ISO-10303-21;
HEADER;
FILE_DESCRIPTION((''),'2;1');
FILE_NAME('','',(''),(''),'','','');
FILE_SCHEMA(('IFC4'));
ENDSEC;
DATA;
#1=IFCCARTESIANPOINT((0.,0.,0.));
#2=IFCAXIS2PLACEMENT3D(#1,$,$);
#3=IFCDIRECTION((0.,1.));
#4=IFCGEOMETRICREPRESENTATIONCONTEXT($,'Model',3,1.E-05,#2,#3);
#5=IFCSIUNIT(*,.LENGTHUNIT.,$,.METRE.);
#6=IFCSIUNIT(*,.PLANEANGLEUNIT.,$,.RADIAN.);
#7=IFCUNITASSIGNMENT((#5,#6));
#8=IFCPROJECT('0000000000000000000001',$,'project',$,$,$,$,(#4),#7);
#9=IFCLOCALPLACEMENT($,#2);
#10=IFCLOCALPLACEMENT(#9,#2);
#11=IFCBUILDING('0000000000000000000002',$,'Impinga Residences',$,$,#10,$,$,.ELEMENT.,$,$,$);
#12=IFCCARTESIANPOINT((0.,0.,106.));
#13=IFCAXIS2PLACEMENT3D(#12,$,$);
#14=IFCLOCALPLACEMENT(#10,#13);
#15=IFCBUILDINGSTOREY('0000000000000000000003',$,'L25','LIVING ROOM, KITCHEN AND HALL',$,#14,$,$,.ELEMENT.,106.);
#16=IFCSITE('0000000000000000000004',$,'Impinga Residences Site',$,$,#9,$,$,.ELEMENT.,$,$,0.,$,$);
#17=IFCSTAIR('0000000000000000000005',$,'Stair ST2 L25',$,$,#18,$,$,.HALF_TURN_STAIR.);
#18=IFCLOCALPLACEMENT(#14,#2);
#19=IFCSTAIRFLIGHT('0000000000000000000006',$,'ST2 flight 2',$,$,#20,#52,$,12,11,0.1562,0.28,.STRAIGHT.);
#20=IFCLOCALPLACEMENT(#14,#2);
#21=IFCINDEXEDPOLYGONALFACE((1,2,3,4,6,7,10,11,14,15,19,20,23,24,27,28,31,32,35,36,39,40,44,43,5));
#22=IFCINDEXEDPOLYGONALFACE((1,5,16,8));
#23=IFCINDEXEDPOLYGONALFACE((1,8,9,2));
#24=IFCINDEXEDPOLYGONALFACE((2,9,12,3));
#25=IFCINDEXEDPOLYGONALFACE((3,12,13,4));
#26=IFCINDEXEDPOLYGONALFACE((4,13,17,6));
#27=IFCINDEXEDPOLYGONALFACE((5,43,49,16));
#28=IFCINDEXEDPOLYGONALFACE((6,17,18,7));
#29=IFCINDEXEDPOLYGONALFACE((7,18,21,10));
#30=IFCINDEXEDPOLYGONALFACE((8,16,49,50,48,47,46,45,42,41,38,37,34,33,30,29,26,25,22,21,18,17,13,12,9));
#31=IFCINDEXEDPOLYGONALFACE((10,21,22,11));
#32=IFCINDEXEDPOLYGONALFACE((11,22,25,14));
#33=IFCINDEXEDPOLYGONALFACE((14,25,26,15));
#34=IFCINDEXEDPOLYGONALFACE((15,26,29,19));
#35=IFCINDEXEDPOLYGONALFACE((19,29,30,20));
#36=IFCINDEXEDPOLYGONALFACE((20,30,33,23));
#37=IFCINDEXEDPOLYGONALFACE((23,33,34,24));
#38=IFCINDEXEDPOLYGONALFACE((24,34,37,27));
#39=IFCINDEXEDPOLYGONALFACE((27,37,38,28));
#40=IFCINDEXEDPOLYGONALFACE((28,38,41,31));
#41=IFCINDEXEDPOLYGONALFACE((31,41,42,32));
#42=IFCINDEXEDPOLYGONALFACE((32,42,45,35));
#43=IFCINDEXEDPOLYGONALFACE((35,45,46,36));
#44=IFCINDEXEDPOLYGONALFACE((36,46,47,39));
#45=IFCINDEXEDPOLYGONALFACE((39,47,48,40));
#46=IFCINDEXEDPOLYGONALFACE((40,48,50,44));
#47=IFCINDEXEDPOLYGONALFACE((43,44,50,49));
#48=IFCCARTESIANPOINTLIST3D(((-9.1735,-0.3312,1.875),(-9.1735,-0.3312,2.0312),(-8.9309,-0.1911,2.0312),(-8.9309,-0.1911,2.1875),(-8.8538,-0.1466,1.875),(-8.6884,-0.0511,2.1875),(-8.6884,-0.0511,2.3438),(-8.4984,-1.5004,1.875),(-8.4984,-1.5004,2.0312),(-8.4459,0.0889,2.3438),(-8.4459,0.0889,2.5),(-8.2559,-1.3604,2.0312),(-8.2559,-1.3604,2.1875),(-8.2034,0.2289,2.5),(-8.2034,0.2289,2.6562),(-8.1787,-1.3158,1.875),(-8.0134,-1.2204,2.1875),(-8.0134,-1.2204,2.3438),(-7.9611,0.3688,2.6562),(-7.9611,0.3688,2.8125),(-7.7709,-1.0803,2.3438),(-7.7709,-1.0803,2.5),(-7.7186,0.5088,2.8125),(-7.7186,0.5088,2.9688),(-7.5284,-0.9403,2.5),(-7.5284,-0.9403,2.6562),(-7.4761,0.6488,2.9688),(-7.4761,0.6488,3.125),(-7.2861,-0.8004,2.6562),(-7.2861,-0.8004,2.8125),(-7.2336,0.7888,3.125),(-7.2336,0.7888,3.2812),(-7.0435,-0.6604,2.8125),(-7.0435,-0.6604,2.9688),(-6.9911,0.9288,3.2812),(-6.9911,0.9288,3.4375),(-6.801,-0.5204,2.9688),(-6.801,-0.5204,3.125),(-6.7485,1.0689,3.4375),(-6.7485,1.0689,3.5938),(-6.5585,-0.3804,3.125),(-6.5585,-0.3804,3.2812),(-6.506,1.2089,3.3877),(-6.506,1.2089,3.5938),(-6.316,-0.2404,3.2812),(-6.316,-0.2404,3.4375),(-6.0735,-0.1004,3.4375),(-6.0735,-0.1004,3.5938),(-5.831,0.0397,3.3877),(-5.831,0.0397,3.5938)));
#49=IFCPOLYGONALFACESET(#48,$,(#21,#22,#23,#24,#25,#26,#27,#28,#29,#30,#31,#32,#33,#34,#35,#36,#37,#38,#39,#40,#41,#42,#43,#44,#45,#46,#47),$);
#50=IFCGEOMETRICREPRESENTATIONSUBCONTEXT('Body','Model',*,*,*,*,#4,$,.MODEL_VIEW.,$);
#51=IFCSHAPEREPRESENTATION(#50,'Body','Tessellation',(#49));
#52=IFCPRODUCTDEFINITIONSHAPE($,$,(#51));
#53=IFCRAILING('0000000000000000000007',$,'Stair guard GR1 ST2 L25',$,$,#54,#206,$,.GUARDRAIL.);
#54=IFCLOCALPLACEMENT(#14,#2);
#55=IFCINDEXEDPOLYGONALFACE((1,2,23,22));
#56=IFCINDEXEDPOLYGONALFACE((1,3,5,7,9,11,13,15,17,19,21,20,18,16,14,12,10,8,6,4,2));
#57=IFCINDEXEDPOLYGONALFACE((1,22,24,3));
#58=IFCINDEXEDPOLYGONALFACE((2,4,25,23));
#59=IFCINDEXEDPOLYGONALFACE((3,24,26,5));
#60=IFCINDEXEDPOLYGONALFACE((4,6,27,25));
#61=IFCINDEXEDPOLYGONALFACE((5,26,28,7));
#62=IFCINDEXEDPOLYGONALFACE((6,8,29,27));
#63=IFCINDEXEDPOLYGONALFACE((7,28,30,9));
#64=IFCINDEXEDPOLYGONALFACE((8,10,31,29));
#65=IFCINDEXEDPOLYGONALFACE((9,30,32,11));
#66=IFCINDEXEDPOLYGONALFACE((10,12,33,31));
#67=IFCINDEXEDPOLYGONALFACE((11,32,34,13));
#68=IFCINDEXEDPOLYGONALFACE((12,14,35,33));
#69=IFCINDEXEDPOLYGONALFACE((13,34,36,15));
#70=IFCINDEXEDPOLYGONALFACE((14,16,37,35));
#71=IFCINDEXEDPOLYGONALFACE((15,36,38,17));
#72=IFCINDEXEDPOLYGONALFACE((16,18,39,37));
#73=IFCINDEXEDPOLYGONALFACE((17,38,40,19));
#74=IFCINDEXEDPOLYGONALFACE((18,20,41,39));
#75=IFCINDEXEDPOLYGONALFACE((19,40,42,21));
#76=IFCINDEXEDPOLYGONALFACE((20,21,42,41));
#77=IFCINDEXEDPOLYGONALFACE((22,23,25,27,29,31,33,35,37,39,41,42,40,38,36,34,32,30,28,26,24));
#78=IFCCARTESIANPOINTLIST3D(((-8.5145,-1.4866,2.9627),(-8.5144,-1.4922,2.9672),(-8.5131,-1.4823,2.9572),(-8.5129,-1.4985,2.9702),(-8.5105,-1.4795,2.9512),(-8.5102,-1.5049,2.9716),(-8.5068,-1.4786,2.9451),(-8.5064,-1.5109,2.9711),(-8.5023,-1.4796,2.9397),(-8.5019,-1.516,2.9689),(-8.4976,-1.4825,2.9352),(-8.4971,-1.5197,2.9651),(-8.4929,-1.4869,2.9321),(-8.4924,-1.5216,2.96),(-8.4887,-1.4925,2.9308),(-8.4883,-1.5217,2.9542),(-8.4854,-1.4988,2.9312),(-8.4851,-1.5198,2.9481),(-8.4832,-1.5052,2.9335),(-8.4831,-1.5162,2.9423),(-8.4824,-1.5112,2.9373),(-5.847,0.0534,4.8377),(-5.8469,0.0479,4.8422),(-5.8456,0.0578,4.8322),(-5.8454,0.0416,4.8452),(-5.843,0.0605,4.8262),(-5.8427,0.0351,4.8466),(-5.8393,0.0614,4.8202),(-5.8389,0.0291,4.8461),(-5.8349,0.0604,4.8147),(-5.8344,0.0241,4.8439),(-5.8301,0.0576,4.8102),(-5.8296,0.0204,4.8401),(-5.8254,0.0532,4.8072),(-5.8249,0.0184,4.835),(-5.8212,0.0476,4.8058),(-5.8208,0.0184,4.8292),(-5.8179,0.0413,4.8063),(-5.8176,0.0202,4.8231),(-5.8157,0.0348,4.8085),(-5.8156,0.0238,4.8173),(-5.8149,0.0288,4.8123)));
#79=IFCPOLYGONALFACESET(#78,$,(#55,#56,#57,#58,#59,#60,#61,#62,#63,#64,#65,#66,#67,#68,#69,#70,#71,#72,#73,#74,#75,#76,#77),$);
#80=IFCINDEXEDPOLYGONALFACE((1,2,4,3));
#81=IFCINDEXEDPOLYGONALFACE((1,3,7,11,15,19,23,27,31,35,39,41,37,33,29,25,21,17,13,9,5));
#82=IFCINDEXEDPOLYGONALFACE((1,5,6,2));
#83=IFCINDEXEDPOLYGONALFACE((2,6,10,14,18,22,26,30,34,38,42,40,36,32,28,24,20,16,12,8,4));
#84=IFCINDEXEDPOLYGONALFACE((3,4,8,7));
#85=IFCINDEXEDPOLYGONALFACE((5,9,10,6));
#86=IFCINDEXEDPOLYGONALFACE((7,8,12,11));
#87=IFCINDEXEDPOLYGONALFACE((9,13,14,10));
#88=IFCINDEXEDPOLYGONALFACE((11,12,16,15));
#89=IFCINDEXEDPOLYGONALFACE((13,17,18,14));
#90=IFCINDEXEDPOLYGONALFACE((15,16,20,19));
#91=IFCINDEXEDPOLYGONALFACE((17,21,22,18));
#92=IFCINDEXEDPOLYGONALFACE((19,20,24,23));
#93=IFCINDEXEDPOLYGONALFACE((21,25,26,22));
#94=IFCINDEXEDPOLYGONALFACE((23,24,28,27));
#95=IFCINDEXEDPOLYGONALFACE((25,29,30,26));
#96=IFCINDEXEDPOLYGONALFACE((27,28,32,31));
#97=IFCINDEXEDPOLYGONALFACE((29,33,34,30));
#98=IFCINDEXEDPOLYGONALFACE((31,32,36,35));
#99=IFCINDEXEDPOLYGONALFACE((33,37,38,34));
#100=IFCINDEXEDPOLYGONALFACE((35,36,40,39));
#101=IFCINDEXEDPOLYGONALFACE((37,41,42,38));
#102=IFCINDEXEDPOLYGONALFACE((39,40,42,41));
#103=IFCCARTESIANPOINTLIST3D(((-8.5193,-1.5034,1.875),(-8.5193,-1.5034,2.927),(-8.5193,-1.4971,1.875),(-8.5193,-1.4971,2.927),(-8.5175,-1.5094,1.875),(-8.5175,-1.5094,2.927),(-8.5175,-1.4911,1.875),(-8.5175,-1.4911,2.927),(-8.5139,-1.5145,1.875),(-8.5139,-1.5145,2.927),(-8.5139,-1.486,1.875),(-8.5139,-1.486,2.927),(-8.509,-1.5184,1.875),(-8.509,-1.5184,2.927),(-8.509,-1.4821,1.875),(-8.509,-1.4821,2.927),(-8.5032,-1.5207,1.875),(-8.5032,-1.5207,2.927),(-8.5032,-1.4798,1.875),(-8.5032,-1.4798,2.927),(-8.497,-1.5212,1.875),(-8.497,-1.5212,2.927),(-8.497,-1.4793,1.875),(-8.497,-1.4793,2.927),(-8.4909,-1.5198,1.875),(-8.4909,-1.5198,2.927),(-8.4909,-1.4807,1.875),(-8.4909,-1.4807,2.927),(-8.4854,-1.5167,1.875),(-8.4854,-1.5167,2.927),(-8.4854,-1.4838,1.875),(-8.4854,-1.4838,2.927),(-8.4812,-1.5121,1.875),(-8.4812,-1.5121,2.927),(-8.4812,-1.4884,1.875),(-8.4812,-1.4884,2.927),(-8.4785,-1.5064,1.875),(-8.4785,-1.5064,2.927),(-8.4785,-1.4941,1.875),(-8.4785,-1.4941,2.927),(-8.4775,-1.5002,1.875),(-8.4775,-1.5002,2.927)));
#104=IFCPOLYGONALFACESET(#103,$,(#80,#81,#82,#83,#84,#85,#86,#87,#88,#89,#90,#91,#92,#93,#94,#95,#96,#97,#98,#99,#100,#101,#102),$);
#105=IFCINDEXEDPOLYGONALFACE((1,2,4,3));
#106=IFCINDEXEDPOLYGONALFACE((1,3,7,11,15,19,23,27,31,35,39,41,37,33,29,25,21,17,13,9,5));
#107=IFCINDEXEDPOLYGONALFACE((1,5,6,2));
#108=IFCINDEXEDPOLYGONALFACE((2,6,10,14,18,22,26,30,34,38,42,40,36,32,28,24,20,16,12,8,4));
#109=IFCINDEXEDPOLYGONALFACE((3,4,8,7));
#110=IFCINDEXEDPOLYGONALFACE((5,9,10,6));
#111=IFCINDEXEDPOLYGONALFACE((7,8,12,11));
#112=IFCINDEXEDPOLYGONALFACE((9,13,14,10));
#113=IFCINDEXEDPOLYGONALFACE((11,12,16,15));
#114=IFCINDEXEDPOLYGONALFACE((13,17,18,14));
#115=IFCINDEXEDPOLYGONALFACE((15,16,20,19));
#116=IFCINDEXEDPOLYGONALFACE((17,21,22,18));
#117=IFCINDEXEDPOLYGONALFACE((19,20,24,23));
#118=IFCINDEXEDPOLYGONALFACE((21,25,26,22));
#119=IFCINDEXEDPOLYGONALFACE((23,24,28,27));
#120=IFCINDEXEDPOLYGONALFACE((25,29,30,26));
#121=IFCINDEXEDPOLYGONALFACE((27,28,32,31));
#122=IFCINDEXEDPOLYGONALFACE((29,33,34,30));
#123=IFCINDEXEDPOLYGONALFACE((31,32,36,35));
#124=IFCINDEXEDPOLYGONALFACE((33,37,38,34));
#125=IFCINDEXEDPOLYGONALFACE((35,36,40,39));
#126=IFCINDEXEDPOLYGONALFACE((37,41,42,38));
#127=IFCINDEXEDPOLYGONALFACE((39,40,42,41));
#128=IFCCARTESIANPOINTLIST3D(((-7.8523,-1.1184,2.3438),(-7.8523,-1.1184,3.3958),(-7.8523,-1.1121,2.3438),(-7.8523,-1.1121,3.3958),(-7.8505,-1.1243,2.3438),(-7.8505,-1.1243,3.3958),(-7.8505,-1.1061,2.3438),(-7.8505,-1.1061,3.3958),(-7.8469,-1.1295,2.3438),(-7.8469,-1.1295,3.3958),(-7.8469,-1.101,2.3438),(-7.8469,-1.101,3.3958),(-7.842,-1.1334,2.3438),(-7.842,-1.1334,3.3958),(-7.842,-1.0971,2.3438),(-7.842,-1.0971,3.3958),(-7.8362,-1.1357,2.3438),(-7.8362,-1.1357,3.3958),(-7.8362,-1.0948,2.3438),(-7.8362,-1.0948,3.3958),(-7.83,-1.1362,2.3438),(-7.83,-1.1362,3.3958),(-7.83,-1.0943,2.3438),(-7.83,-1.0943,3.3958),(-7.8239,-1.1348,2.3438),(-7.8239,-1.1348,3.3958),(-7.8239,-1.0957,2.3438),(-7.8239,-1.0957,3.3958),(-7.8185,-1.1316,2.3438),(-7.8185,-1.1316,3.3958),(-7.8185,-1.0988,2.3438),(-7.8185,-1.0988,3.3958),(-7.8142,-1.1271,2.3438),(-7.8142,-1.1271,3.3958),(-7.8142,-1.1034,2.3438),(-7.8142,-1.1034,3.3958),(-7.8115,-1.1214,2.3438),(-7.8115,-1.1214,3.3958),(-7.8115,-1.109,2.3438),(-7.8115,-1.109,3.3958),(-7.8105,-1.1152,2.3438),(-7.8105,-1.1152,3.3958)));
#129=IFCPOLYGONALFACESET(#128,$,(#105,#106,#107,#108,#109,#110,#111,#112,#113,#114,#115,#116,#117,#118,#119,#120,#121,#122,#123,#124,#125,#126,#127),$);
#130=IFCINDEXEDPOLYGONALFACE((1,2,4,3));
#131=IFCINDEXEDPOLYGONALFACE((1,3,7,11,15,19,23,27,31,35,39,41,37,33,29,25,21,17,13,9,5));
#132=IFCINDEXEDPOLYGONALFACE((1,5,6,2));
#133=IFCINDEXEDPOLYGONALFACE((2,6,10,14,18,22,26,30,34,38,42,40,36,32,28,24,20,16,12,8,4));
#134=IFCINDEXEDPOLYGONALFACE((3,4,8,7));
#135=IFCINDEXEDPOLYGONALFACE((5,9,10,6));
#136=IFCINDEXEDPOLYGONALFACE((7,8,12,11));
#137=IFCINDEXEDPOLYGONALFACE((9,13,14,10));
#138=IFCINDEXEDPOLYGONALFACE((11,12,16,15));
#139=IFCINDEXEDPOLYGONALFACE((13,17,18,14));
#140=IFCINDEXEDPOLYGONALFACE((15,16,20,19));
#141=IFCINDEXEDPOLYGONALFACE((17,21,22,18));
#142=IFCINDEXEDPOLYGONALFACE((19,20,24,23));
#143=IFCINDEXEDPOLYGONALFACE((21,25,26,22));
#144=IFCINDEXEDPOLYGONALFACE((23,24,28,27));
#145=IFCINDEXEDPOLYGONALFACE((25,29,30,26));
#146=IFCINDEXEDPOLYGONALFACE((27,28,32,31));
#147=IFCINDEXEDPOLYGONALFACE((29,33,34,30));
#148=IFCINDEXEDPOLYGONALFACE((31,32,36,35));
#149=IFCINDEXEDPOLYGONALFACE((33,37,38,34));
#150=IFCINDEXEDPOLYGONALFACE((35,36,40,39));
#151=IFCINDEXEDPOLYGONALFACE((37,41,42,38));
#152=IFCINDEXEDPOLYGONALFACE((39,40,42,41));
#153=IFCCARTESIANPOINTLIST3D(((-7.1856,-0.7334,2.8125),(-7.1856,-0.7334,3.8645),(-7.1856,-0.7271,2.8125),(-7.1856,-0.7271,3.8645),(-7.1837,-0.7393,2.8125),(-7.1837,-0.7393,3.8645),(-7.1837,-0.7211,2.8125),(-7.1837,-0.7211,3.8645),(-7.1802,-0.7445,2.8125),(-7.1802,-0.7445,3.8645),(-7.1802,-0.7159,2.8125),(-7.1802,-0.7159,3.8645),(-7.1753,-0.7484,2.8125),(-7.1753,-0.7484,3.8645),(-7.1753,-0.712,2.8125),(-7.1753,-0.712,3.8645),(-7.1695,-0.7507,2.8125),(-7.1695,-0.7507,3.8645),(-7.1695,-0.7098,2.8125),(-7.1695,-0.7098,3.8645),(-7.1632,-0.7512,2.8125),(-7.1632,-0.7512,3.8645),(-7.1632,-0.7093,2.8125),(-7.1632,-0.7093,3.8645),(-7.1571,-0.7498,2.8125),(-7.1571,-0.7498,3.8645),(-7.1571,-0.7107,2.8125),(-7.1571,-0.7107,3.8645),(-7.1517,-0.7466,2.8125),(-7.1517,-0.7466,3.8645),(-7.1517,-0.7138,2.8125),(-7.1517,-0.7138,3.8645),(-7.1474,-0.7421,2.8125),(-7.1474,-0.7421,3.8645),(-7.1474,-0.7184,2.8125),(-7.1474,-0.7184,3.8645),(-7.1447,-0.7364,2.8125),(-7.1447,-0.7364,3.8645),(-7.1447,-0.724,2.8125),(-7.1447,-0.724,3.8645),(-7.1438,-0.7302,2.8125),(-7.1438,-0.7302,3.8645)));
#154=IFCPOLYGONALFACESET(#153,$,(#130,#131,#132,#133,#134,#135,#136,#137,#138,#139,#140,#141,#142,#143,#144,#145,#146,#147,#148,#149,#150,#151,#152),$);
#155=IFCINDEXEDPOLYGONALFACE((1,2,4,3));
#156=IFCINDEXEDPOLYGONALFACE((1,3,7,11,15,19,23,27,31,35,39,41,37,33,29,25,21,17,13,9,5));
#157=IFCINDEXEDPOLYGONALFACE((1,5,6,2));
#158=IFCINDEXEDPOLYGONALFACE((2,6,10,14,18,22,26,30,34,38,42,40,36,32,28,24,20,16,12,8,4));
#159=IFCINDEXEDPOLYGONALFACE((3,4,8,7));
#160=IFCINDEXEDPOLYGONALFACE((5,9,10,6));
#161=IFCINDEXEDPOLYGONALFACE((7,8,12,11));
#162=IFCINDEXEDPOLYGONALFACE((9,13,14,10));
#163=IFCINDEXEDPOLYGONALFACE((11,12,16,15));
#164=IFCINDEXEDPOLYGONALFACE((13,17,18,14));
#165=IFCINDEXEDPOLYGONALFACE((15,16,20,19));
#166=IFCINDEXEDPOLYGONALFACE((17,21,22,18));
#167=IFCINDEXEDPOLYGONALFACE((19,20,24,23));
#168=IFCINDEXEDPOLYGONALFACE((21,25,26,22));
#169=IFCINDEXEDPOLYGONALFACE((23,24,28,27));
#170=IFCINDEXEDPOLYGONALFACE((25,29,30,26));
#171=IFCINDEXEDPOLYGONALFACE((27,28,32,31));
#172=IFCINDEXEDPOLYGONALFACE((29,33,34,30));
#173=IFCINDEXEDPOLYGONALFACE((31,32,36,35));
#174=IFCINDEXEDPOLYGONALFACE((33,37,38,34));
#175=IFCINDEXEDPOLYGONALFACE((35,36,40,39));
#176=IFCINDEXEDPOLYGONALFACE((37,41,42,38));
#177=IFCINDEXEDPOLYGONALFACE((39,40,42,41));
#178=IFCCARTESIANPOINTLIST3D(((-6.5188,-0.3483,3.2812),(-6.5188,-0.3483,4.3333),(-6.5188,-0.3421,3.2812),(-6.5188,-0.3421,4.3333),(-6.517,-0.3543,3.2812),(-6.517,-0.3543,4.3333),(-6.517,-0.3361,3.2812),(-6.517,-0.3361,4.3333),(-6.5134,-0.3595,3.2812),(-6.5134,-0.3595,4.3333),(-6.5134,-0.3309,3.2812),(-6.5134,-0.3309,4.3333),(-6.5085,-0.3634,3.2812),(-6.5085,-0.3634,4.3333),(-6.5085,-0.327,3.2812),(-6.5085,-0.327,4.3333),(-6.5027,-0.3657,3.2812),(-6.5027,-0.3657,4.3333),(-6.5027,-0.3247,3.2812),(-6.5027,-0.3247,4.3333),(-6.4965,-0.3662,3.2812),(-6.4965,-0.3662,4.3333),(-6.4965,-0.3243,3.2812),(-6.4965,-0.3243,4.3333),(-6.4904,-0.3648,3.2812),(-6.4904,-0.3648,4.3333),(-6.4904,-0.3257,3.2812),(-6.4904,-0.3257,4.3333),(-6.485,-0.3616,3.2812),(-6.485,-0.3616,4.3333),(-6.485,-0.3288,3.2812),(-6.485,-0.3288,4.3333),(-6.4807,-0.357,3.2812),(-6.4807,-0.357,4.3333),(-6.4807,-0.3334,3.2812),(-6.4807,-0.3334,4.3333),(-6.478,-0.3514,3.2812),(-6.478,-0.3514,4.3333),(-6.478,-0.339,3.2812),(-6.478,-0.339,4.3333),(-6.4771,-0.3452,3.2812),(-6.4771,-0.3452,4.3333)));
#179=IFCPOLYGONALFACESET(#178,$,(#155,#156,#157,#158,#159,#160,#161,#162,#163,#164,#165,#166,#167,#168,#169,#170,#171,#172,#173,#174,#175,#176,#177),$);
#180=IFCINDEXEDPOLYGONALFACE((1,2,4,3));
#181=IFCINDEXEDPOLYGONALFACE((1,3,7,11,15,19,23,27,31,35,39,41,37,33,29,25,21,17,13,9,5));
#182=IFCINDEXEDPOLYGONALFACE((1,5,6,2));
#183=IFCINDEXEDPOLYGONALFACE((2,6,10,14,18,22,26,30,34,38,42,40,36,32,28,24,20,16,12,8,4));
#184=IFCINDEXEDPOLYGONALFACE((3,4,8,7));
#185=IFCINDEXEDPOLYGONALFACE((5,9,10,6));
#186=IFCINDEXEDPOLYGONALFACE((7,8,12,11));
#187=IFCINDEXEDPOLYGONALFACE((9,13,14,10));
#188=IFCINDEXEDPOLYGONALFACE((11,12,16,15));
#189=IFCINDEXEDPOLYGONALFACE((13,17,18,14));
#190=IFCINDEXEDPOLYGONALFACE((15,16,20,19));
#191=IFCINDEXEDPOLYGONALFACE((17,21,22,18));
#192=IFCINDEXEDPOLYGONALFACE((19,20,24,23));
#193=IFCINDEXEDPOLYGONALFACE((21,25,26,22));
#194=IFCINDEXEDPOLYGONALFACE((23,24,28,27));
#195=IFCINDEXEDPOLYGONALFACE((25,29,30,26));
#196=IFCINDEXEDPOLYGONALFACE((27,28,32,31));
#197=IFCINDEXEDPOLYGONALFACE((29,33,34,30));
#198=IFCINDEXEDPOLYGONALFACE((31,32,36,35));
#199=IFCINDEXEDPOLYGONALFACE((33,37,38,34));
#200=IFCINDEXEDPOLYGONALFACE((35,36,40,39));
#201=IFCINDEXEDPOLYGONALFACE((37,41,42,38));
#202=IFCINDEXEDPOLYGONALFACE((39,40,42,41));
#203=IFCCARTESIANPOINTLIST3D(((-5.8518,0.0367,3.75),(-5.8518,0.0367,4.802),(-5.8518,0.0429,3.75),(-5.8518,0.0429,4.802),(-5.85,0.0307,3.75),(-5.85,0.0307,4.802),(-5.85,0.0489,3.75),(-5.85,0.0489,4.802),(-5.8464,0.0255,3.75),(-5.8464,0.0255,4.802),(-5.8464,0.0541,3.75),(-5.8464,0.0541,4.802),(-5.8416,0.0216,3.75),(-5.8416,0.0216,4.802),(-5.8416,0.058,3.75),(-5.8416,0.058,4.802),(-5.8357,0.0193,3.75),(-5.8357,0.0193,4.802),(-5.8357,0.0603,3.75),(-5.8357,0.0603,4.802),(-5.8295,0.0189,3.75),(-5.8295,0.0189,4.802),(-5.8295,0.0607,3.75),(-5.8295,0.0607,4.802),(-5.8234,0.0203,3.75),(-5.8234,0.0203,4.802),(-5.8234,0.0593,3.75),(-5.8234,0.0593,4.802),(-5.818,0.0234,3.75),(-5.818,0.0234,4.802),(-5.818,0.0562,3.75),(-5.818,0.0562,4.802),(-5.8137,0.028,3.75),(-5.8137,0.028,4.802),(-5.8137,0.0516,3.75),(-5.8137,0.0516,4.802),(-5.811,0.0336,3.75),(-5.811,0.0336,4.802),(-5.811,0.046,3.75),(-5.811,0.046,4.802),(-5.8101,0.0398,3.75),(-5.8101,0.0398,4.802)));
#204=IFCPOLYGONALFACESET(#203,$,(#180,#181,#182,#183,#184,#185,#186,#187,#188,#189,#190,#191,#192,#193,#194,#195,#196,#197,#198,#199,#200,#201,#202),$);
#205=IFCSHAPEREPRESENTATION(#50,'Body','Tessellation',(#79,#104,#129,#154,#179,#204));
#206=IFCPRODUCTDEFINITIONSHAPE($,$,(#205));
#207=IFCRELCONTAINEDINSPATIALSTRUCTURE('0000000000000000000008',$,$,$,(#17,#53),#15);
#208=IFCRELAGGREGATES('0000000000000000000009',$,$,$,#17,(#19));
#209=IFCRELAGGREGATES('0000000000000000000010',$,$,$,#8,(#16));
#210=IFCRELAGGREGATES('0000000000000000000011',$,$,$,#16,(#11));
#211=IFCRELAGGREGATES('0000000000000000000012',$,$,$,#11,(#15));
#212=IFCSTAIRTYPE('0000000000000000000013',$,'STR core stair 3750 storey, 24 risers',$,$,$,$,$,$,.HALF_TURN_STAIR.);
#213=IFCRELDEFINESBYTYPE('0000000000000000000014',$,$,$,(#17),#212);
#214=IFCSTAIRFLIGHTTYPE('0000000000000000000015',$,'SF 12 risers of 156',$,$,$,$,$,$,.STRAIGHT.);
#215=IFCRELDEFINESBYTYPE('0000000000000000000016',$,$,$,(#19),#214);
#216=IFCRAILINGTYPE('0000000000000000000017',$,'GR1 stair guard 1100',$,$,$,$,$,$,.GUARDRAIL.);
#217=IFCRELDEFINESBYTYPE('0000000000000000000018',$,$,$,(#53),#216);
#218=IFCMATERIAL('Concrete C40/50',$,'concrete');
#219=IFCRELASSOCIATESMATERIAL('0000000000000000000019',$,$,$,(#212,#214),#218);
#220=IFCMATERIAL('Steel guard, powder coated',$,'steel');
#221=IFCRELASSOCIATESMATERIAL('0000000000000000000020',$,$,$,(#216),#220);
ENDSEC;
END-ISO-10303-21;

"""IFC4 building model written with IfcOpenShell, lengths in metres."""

from ifc_helpers import new_model, si_unit, direction, frame, origin, origin_2d, place, context, subcontext, project, spatial, polyline, circle, outline, extrude, material, type_object, element, aggregate, save


model = new_model("IFC4")

# Units and contexts
model_context = context("Model", 3, precision=1e-05, world=origin(), true_north=direction((0.0, 1.0)))
body_context = subcontext(model_context, "Body", "Model", "MODEL_VIEW")
ifc_project = project(units=[si_unit("LENGTHUNIT", "METRE"), si_unit("PLANEANGLEUNIT", "RADIAN")], contexts=[model_context])

# Site, building, storey
site_placement = place(None, origin())
site = spatial("IfcSite", under=ifc_project, at=site_placement, Name="Impinga Residences Site", CompositionType="ELEMENT", RefElevation=0.0)
building_placement = place(site_placement, origin())
building = spatial("IfcBuilding", under=site, at=building_placement, Name="Impinga Residences", CompositionType="ELEMENT")
storey_placement = place(building_placement, frame((0.0, 0.0, 106.0)))
storey = spatial("IfcBuildingStorey", under=building, at=storey_placement, Name="L25", Description="LIVING ROOM, KITCHEN AND HALL", CompositionType="ELEMENT", Elevation=106.0)

# Stair, stair flight
ifc_material_1 = material(Name="Concrete C40/50", Category="concrete")
stair_type = type_object("IfcStairType", Name="STR core stair 3750 storey, 24 risers", PredefinedType="HALF_TURN_STAIR", material=ifc_material_1)
stair_placement = place(storey_placement, origin())
stair = element("IfcStair", 1, at=stair_placement, inside=storey, type_object=stair_type, Name="Stair ST2 L25", PredefinedType="HALF_TURN_STAIR")
stair_flight_type = type_object("IfcStairFlightType", Name="SF 12 risers of 156", PredefinedType="STRAIGHT", material=ifc_material_1)
stair_flight_placement = place(storey_placement, frame((-8.8359, -0.9158, 1.875), z_axis=(0.0, 0.0, 1.0), x_axis=(0.866025, 0.5, 0.0)))
stair_flight = element("IfcStairFlight", 2, at=stair_flight_placement, type_object=stair_flight_type, Name="ST2 flight 2", NumberOfRisers=12, NumberOfTreads=11, PredefinedType="STRAIGHT", RiserHeight=0.1562, TreadLength=0.28, context=body_context, shape_type="SweptSolid", body=[
    extrude(outline(polyline([(0.0, 0.0), (0.0, 0.1562), (0.28, 0.1562), (0.28, 0.3125), (0.5601, 0.3125), (0.5601, 0.4688), (0.8401, 0.4688), (0.8401, 0.625), (1.1201, 0.625), (1.1201, 0.7812), (1.3999, 0.7812), (1.3999, 0.9375), (1.6799, 0.9375), (1.6799, 1.0938), (1.96, 1.0938), (1.96, 1.25), (2.24, 1.25), (2.24, 1.4062), (2.52, 1.4062), (2.52, 1.5625), (2.8, 1.5625), (2.8, 1.7188), (3.0801, 1.7188), (3.0801, 1.875), (3.0801, 1.5127), (0.3691, 0.0), (0.0, 0.0)])), frame((0.0, 0.675, 0.0), z_axis=(0.0, -1.0, 0.0), x_axis=(1.0, 0.0, 0.0)), (0.0, 0.0, 1.0), 1.3501),
])
aggregate(stair, [stair_flight])

# Railing
ifc_material_2 = material(Name="Steel guard, powder coated", Category="steel")
railing_type = type_object("IfcRailingType", Name="GR1 stair guard 1100", PredefinedType="GUARDRAIL", material=ifc_material_2)
railing_placement = place(storey_placement, frame((-8.4985, -1.5002, 1.875)))
element("IfcRailing", 3, at=railing_placement, inside=storey, type_object=railing_type, Name="Stair guard GR1 ST2 L25", PredefinedType="GUARDRAIL", context=body_context, shape_type="SweptSolid", body=[
    extrude(circle(Radius=0.0239, at=origin_2d()), frame((0.0, 0.0, 1.0762), z_axis=(0.739746, 0.427084, 0.519975), x_axis=(-0.499992, 0.86603, 0.0)), (0.0, 0.0, 1.0), 3.606),
    extrude(circle(Radius=0.021, at=origin_2d()), origin(), (0.0, 0.0, 1.0), 1.052),
    extrude(circle(Radius=0.021, at=origin_2d()), frame((0.667, 0.385, 0.4688)), (0.0, 0.0, 1.0), 1.052),
    extrude(circle(Radius=0.021, at=origin_2d()), frame((1.3337, 0.77, 0.9375)), (0.0, 0.0, 1.0), 1.052),
    extrude(circle(Radius=0.021, at=origin_2d()), frame((2.0005, 1.155, 1.4062)), (0.0, 0.0, 1.0), 1.052),
    extrude(circle(Radius=0.021, at=origin_2d()), frame((2.6675, 1.54, 1.875)), (0.0, 0.0, 1.0), 1.052),
])

save(model, "model.ifc")
